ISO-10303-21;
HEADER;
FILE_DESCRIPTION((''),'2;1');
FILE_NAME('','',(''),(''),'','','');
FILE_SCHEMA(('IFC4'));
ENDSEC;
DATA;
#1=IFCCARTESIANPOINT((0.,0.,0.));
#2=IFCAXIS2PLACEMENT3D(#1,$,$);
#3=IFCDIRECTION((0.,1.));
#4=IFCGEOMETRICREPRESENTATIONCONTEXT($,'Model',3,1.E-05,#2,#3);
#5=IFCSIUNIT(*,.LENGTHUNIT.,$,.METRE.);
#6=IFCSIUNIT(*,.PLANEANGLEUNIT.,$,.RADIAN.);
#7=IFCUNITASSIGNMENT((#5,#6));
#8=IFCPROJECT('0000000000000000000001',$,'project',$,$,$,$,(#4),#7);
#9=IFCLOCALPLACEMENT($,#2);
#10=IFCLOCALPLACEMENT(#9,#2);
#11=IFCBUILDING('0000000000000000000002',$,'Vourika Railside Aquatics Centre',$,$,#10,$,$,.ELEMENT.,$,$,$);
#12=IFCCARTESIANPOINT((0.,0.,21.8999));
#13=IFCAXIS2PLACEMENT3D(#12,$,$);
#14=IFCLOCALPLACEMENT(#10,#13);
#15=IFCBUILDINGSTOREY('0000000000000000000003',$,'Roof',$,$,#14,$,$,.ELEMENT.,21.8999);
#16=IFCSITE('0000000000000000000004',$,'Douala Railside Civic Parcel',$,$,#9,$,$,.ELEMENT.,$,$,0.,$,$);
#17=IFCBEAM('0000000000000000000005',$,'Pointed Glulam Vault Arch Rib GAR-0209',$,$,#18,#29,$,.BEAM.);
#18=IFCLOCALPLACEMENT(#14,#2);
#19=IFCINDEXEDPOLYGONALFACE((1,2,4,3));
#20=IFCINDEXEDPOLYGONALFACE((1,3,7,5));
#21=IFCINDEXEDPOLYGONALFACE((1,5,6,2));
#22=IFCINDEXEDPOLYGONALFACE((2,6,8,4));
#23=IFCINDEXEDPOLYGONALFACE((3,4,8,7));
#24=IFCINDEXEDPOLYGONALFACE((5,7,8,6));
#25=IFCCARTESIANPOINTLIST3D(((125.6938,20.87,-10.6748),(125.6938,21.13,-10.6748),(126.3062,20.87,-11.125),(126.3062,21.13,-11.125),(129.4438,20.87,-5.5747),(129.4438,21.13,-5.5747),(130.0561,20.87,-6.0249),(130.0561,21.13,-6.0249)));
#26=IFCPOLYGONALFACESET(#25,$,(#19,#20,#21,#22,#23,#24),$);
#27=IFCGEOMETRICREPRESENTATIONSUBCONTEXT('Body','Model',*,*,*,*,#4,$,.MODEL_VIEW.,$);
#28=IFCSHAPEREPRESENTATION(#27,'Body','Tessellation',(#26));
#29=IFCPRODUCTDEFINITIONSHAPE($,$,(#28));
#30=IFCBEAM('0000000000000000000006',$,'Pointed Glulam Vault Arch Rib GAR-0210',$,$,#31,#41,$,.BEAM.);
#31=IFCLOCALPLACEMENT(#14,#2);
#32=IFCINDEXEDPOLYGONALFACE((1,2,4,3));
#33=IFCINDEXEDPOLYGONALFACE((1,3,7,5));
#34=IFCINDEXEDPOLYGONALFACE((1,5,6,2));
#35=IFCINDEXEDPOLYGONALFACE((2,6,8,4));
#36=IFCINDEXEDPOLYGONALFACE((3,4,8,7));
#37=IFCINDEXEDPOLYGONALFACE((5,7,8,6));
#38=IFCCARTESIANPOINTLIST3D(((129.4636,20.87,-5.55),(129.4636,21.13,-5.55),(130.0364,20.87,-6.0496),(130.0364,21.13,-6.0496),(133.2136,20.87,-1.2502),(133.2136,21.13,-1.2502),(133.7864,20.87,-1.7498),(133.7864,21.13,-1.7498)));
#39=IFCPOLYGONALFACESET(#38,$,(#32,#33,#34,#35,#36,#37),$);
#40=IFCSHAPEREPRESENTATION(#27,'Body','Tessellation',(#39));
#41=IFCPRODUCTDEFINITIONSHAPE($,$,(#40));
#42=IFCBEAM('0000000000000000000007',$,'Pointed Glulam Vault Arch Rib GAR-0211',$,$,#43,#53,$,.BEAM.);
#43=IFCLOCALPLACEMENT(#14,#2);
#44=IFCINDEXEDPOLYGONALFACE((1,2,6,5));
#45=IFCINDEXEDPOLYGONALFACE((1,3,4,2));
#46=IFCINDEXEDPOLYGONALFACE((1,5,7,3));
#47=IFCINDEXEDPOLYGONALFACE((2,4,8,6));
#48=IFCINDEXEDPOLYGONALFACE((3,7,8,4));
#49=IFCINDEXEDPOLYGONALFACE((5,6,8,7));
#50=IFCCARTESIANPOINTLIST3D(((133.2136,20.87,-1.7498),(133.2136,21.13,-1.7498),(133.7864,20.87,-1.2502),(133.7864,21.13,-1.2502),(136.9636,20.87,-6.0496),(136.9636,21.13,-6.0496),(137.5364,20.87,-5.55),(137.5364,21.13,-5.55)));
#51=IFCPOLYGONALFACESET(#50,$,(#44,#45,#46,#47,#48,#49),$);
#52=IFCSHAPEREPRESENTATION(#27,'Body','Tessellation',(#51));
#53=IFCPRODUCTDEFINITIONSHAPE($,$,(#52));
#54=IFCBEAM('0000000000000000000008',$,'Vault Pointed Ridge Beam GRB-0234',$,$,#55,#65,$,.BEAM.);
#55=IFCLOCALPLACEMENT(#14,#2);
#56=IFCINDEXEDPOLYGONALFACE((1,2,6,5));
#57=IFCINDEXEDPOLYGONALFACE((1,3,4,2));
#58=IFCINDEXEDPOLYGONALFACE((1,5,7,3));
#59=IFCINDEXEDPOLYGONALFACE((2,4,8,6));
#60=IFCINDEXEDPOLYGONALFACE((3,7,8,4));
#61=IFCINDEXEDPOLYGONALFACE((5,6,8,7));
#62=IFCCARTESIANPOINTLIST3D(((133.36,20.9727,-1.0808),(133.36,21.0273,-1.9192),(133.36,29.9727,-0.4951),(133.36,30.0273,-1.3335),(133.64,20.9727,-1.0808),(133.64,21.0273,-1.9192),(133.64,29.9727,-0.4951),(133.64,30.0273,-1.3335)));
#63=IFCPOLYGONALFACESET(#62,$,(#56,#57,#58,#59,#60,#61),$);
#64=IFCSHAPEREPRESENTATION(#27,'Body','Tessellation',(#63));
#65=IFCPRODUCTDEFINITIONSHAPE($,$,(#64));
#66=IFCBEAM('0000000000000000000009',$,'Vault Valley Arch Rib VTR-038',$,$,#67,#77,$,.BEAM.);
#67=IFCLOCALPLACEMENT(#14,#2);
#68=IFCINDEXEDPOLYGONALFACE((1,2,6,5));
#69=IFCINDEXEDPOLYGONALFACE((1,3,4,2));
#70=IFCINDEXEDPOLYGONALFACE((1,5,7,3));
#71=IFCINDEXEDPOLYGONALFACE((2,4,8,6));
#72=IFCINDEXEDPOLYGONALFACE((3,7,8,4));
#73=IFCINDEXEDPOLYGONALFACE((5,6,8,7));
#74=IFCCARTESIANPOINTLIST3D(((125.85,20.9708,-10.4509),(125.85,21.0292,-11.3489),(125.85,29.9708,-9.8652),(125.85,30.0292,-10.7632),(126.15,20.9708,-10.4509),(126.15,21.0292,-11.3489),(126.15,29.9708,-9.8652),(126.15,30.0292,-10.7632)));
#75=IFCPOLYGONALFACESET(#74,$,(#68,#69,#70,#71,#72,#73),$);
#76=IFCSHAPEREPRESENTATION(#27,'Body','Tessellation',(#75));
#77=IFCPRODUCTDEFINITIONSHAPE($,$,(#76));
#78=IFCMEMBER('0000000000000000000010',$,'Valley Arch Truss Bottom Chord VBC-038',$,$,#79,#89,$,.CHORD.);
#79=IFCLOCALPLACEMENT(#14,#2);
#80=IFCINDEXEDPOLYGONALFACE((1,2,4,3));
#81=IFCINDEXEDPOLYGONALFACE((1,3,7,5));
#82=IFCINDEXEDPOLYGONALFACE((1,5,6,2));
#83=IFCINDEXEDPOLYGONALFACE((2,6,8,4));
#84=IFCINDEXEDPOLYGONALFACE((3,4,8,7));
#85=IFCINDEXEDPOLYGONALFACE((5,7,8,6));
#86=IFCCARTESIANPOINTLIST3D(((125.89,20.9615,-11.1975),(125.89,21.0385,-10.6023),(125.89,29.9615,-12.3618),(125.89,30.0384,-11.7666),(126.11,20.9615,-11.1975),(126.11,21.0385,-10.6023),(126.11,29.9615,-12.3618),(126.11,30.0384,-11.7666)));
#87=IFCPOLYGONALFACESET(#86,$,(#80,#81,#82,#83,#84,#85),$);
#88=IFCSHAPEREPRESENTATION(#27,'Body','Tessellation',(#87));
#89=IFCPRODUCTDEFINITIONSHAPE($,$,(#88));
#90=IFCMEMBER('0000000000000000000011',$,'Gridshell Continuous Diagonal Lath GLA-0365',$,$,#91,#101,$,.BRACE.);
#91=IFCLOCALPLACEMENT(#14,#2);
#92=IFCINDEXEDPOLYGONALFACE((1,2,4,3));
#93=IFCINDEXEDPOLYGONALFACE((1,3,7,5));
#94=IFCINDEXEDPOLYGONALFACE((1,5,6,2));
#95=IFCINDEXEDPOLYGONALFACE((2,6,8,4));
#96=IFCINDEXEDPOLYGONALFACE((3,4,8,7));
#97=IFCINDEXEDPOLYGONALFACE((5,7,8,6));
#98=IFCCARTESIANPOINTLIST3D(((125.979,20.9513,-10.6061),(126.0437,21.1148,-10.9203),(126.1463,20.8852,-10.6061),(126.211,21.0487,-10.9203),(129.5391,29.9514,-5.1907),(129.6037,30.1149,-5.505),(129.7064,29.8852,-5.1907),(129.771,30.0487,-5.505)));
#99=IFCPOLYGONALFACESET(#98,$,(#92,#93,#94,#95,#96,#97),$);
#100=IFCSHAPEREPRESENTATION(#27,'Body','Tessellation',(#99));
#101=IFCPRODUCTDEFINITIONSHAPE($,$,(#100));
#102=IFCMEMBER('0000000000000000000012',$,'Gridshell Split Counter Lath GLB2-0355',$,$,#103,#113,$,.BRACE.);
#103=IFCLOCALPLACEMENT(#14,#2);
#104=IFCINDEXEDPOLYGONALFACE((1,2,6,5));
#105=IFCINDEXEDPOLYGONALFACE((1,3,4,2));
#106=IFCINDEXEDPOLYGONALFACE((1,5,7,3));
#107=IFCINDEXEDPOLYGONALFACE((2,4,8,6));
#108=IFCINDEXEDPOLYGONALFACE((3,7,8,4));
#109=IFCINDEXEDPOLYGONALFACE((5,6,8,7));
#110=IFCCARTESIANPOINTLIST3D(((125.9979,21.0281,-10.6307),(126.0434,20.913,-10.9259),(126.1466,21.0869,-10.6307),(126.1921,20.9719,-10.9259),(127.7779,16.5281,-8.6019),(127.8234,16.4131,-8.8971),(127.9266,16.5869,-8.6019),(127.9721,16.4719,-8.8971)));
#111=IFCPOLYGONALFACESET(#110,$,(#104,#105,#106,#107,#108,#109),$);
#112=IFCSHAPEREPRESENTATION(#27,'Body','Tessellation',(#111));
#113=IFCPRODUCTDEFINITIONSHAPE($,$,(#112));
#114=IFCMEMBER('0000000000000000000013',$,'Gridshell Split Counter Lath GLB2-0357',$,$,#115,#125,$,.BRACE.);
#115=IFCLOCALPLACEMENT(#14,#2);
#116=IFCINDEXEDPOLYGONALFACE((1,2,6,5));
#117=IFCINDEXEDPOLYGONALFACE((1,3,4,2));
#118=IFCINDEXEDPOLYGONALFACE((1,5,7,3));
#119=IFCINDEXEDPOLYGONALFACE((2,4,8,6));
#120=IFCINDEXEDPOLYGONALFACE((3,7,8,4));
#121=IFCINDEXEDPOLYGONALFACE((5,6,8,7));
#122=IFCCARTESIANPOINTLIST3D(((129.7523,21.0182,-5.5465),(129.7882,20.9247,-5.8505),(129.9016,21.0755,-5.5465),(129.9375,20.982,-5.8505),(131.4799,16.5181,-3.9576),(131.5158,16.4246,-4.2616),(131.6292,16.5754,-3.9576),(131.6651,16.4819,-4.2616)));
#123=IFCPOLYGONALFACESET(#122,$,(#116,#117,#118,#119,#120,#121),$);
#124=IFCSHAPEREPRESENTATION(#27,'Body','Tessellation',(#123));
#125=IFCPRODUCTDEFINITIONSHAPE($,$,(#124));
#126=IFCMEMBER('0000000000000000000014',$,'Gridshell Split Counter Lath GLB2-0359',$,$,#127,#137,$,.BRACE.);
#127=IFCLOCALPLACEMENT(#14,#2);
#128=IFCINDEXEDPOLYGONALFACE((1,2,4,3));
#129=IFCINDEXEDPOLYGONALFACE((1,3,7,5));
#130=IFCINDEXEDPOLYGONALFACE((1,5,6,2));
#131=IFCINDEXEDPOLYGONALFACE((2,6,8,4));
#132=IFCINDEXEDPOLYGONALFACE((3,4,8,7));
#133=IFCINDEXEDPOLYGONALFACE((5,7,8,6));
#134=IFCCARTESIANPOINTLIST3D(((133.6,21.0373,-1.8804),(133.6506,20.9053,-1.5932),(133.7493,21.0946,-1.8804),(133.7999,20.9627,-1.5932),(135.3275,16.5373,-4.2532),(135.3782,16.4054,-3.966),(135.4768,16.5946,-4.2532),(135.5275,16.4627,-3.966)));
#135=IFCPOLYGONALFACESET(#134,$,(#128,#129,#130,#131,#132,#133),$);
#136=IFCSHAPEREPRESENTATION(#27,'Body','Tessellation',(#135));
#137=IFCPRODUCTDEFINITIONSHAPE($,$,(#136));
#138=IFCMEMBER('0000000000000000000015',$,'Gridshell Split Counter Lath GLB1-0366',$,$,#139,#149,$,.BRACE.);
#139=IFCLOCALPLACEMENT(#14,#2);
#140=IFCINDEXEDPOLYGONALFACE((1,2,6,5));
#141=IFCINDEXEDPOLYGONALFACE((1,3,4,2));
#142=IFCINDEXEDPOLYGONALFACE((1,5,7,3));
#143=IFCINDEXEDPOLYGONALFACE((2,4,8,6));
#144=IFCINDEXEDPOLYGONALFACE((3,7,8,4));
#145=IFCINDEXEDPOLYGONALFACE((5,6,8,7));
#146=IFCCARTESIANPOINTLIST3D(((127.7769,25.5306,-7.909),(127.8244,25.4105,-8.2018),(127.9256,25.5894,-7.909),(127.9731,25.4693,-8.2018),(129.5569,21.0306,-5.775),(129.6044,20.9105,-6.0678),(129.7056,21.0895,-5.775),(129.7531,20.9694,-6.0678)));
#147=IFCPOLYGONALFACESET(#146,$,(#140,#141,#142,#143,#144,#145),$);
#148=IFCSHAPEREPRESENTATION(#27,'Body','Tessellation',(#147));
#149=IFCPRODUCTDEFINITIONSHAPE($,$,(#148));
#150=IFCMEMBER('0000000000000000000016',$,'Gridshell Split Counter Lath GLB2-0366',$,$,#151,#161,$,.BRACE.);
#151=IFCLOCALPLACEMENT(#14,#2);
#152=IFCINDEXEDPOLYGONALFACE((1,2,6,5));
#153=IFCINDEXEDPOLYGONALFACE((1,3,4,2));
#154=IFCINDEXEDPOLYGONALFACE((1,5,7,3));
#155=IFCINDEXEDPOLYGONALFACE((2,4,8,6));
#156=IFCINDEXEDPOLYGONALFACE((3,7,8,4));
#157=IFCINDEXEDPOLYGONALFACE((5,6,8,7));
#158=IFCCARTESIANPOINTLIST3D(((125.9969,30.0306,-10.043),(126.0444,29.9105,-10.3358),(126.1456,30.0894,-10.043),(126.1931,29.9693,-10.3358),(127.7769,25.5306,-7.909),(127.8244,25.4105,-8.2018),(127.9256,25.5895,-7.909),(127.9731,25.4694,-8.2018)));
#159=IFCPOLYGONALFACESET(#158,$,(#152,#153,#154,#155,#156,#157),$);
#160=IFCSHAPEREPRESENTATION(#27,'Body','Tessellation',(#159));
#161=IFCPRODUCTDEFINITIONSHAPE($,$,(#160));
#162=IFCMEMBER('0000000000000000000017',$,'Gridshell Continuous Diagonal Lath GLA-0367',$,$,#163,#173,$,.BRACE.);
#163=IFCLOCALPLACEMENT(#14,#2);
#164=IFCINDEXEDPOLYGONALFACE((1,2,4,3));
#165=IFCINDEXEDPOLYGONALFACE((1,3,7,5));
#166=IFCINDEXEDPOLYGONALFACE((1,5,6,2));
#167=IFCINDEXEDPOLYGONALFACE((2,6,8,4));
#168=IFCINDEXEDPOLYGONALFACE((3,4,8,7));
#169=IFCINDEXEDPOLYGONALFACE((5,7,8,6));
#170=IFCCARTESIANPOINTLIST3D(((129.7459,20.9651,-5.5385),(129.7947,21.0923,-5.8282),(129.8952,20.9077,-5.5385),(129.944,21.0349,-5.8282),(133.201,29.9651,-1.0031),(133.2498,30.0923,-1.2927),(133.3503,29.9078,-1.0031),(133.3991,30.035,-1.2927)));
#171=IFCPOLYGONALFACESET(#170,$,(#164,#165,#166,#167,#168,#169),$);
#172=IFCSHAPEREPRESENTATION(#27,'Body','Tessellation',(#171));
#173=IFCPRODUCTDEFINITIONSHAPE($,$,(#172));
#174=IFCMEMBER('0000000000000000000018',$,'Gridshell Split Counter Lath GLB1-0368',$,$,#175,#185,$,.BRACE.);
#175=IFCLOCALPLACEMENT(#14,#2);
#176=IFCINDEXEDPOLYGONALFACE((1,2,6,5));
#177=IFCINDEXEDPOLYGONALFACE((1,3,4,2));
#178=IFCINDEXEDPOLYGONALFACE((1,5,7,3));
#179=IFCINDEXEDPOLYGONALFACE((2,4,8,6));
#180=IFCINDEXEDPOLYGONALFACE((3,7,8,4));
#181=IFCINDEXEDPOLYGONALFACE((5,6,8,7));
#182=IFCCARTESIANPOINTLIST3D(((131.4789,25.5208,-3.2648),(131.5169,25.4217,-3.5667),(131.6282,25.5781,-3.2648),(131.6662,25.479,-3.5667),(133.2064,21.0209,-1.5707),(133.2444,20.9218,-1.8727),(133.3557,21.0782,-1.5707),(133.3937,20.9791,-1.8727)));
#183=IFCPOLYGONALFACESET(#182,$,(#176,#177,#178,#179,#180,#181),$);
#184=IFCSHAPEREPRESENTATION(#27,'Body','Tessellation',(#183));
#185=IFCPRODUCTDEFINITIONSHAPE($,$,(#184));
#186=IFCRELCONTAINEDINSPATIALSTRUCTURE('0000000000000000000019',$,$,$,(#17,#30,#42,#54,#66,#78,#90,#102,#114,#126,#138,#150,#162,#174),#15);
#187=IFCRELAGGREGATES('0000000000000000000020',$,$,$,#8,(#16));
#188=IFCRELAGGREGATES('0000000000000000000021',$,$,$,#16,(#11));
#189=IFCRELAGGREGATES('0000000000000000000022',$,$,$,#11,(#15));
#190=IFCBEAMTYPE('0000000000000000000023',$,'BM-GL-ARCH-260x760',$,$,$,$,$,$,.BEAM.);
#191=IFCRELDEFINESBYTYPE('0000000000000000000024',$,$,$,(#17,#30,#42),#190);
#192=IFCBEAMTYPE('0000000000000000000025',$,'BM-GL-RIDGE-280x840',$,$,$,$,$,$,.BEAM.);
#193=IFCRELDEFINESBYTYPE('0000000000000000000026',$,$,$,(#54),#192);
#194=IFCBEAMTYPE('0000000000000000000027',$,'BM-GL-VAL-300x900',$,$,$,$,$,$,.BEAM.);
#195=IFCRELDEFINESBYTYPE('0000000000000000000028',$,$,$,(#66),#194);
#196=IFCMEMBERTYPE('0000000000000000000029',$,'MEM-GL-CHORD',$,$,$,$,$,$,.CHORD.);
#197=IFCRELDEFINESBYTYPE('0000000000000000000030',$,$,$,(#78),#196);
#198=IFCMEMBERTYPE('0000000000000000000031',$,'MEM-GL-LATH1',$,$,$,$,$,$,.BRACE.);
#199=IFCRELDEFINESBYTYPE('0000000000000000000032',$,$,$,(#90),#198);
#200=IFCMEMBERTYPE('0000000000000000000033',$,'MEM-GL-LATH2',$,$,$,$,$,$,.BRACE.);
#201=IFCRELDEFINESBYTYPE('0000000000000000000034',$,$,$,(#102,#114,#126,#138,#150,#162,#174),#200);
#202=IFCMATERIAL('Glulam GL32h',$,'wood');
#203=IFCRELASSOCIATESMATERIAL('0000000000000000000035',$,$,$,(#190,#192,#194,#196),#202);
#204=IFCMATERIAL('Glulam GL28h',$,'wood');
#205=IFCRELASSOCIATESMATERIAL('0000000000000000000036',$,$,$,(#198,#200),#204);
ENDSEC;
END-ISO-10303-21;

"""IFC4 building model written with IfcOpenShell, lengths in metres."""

from ifc_helpers import new_model, si_unit, direction, frame, origin, origin_2d, place, context, subcontext, project, spatial, rectangle, extrude, material, material_profile, profile_set, type_object, element, save


model = new_model("IFC4")

# Units and contexts
model_context = context("Model", 3, precision=1e-05, world=origin(), true_north=direction((0.0, 1.0)))
body_context = subcontext(model_context, "Body", "Model", "MODEL_VIEW")
ifc_project = project(units=[si_unit("LENGTHUNIT", "METRE"), si_unit("PLANEANGLEUNIT", "RADIAN")], contexts=[model_context])

# Site, building, storey
site_placement = place(None, origin())
site = spatial("IfcSite", under=ifc_project, at=site_placement, Name="Douala Railside Civic Parcel", CompositionType="ELEMENT", RefElevation=0.0)
building_placement = place(site_placement, origin())
building = spatial("IfcBuilding", under=site, at=building_placement, Name="Vourika Railside Aquatics Centre", CompositionType="ELEMENT")
storey_placement = place(building_placement, frame((0.0, 0.0, 21.8999)))
storey = spatial("IfcBuildingStorey", under=building, at=storey_placement, Name="Roof", CompositionType="ELEMENT", Elevation=21.8999)

# Beams
ifc_material_1 = material(Name="Glulam GL32h", Category="wood")
ifc_material_profile_1 = material_profile(ifc_material_1, rectangle(XDim=0.26, YDim=0.76, at=origin_2d()), Name="GL32h 260x760")
ifc_profile_set_1 = profile_set([ifc_material_profile_1], Name="Glulam GL32h")
beam_type_1 = type_object("IfcBeamType", Name="BM-GL-ARCH-260x760", PredefinedType="BEAM", material=ifc_profile_set_1)
beam_1_placement = place(storey_placement, frame((126.0, 21.0, -10.8999), z_axis=(0.592383, 0.0, 0.805656), x_axis=(0.0, 1.0, 0.0)))
element("IfcBeam", 1, at=beam_1_placement, inside=storey, type_object=beam_type_1, Name="Pointed Glulam Vault Arch Rib GAR-0209", PredefinedType="BEAM", context=body_context, shape_type="SweptSolid", body=[
    extrude(rectangle(XDim=0.26, YDim=0.76, at=origin_2d()), origin(), (0.0, 0.0, 1.0), 6.3303),
])
for number, where, z_axis, x_axis, name in (
    (2, (129.75, 21.0, -5.7998), (0.65728, 0.0, 0.753647), (0.0, 1.0, 0.0), "Pointed Glulam Vault Arch Rib GAR-0210"),
    (3, (133.5, 21.0, -1.5), (0.65728, 0.0, -0.753647), (0.0, 1.0, 0.0), "Pointed Glulam Vault Arch Rib GAR-0211"),
):
    element("IfcBeam", number, at=place(storey_placement, frame(where, z_axis=z_axis, x_axis=x_axis)), inside=storey, type_object=beam_type_1, Name=name, PredefinedType="BEAM", context=body_context, shape_type="SweptSolid", body=[
        extrude(rectangle(XDim=0.26, YDim=0.76, at=origin_2d()), origin(), (0.0, 0.0, 1.0), 5.7053),
    ])
ifc_material_profile_2 = material_profile(ifc_material_1, rectangle(XDim=0.28, YDim=0.8401, at=origin_2d()), Name="GL32h 280x840")
ifc_profile_set_2 = profile_set([ifc_material_profile_2], Name="Glulam GL32h")
beam_type_2 = type_object("IfcBeamType", Name="BM-GL-RIDGE-280x840", PredefinedType="BEAM", material=ifc_profile_set_2)
beam_2_placement = place(storey_placement, frame((133.5, 21.0, -1.5), z_axis=(0.0, 0.997889, 0.06494), x_axis=(-1.0, 0.0, 0.0)))
element("IfcBeam", 4, at=beam_2_placement, inside=storey, type_object=beam_type_2, Name="Vault Pointed Ridge Beam GRB-0234", PredefinedType="BEAM", context=body_context, shape_type="SweptSolid", body=[
    extrude(rectangle(XDim=0.28, YDim=0.8401, at=origin_2d()), origin(), (0.0, 0.0, 1.0), 9.019),
])
ifc_material_profile_3 = material_profile(ifc_material_1, rectangle(XDim=0.3, YDim=0.8999, at=origin_2d()), Name="GL32h 300x900")
ifc_profile_set_3 = profile_set([ifc_material_profile_3], Name="Glulam GL32h")
beam_type_3 = type_object("IfcBeamType", Name="BM-GL-VAL-300x900", PredefinedType="BEAM", material=ifc_profile_set_3)
beam_3_placement = place(storey_placement, frame((126.0, 21.0, -10.8999), z_axis=(0.0, 0.997889, 0.06494), x_axis=(-1.0, 0.0, 0.0)))
element("IfcBeam", 5, at=beam_3_placement, inside=storey, type_object=beam_type_3, Name="Vault Valley Arch Rib VTR-038", PredefinedType="BEAM", context=body_context, shape_type="SweptSolid", body=[
    extrude(rectangle(XDim=0.3, YDim=0.8999, at=origin_2d()), origin(), (0.0, 0.0, 1.0), 9.019),
])

# Members
ifc_material_profile_4 = material_profile(ifc_material_1, rectangle(XDim=0.22, YDim=0.6001, at=origin_2d()), Name="GL32h 220x600")
ifc_profile_set_4 = profile_set([ifc_material_profile_4], Name="Glulam GL32h")
member_type_1 = type_object("IfcMemberType", Name="MEM-GL-CHORD", PredefinedType="CHORD", material=ifc_profile_set_4)
member_1_placement = place(storey_placement, frame((126.0, 21.0, -10.8999), z_axis=(0.0, 0.991736, -0.128298), x_axis=(-1.0, 0.0, 0.0)))
element("IfcMember", 6, at=member_1_placement, inside=storey, type_object=member_type_1, Name="Valley Arch Truss Bottom Chord VBC-038", PredefinedType="CHORD", context=body_context, shape_type="SweptSolid", body=[
    extrude(rectangle(XDim=0.22, YDim=0.6001, at=origin_2d()), origin(), (0.0, 0.0, 1.0), 9.075),
])
ifc_material_2 = material(Name="Glulam GL28h", Category="wood")
ifc_material_profile_5 = material_profile(ifc_material_2, rectangle(XDim=0.1799, YDim=0.3601, at=origin_2d()), Name="GL28h 180x360")
ifc_profile_set_5 = profile_set([ifc_material_profile_5], Name="Glulam GL28h")
member_type_2 = type_object("IfcMemberType", Name="MEM-GL-LATH1", PredefinedType="BRACE", material=ifc_profile_set_5)
member_2_placement = place(storey_placement, frame((126.095, 21.0, -10.7632), z_axis=(0.321001, 0.811505, 0.488281), x_axis=(-0.929893, 0.36783, 0.0)))
element("IfcMember", 7, at=member_2_placement, inside=storey, type_object=member_type_2, Name="Gridshell Continuous Diagonal Lath GLA-0365", PredefinedType="BRACE", context=body_context, shape_type="SweptSolid", body=[
    extrude(rectangle(XDim=0.1799, YDim=0.3601, at=origin_2d()), origin(), (0.0, 0.0, 1.0), 11.0906),
])
ifc_material_profile_6 = material_profile(ifc_material_2, rectangle(XDim=0.1599, YDim=0.3201, at=origin_2d()), Name="GL28h 160x320")
ifc_profile_set_6 = profile_set([ifc_material_profile_6], Name="Glulam GL28h")
member_type_3 = type_object("IfcMemberType", Name="MEM-GL-LATH2", PredefinedType="BRACE", material=ifc_profile_set_6)
member_3_placement = place(storey_placement, frame((127.875, 16.5, -8.7495), z_axis=(-0.339225, 0.857577, -0.386636), x_axis=(-0.929893, -0.36783, 0.0)))
element("IfcMember", 8, at=member_3_placement, inside=storey, type_object=member_type_3, Name="Gridshell Split Counter Lath GLB2-0355", PredefinedType="BRACE", context=body_context, shape_type="SweptSolid", body=[
    extrude(rectangle(XDim=0.1599, YDim=0.3201, at=origin_2d()), origin(), (0.0, 0.0, 1.0), 5.2473),
])
member_4_placement = place(storey_placement, frame((131.5725, 16.5, -4.1096), z_axis=(-0.34038, 0.886643, -0.313057), x_axis=(-0.93357, -0.358395, 0.0)))
element("IfcMember", 9, at=member_4_placement, inside=storey, type_object=member_type_3, Name="Gridshell Split Counter Lath GLB2-0357", PredefinedType="BRACE", context=body_context, shape_type="SweptSolid", body=[
    extrude(rectangle(XDim=0.1599, YDim=0.3201, at=origin_2d()), origin(), (0.0, 0.0, 1.0), 5.0754),
])
member_5_placement = place(storey_placement, frame((135.4275, 16.5, -4.1096), z_axis=(-0.321548, 0.837587, 0.441651), x_axis=(-0.93357, -0.358395, 0.0)))
element("IfcMember", 10, at=member_5_placement, inside=storey, type_object=member_type_3, Name="Gridshell Split Counter Lath GLB2-0359", PredefinedType="BRACE", context=body_context, shape_type="SweptSolid", body=[
    extrude(rectangle(XDim=0.1599, YDim=0.3201, at=origin_2d()), origin(), (0.0, 0.0, 1.0), 5.3726),
])
for number, where, z_axis, x_axis, name in (
    (11, (129.655, 21.0, -5.9214), (-0.336559, 0.850836, -0.403492), (-0.929893, -0.36783, 0.0), "Gridshell Split Counter Lath GLB1-0366"),
    (12, (127.875, 25.5, -8.0554), (-0.336559, 0.850836, -0.403492), (-0.929893, -0.36783, 0.0), "Gridshell Split Counter Lath GLB2-0366"),
):
    element("IfcMember", number, at=place(storey_placement, frame(where, z_axis=z_axis, x_axis=x_axis)), inside=storey, type_object=member_type_3, Name=name, PredefinedType="BRACE", context=body_context, shape_type="SweptSolid", body=[
        extrude(rectangle(XDim=0.1599, YDim=0.3201, at=origin_2d()), origin(), (0.0, 0.0, 1.0), 5.2888),
    ])
member_6_placement = place(storey_placement, frame((129.845, 21.0, -5.6833), z_axis=(0.324299, 0.844754, 0.4257), x_axis=(-0.93357, 0.358395, 0.0)))
element("IfcMember", 13, at=member_6_placement, inside=storey, type_object=member_type_3, Name="Gridshell Continuous Diagonal Lath GLA-0367", PredefinedType="BRACE", context=body_context, shape_type="SweptSolid", body=[
    extrude(rectangle(XDim=0.1599, YDim=0.3201, at=origin_2d()), origin(), (0.0, 0.0, 1.0), 10.6541),
])
member_7_placement = place(storey_placement, frame((133.3, 21.0, -1.7217), z_axis=(-0.338121, 0.880757, -0.331574), x_axis=(-0.93357, -0.358395, 0.0)))
element("IfcMember", 14, at=member_7_placement, inside=storey, type_object=member_type_3, Name="Gridshell Split Counter Lath GLB1-0368", PredefinedType="BRACE", context=body_context, shape_type="SweptSolid", body=[
    extrude(rectangle(XDim=0.1599, YDim=0.3201, at=origin_2d()), origin(), (0.0, 0.0, 1.0), 5.1091),
])

save(model, "model.ifc")
